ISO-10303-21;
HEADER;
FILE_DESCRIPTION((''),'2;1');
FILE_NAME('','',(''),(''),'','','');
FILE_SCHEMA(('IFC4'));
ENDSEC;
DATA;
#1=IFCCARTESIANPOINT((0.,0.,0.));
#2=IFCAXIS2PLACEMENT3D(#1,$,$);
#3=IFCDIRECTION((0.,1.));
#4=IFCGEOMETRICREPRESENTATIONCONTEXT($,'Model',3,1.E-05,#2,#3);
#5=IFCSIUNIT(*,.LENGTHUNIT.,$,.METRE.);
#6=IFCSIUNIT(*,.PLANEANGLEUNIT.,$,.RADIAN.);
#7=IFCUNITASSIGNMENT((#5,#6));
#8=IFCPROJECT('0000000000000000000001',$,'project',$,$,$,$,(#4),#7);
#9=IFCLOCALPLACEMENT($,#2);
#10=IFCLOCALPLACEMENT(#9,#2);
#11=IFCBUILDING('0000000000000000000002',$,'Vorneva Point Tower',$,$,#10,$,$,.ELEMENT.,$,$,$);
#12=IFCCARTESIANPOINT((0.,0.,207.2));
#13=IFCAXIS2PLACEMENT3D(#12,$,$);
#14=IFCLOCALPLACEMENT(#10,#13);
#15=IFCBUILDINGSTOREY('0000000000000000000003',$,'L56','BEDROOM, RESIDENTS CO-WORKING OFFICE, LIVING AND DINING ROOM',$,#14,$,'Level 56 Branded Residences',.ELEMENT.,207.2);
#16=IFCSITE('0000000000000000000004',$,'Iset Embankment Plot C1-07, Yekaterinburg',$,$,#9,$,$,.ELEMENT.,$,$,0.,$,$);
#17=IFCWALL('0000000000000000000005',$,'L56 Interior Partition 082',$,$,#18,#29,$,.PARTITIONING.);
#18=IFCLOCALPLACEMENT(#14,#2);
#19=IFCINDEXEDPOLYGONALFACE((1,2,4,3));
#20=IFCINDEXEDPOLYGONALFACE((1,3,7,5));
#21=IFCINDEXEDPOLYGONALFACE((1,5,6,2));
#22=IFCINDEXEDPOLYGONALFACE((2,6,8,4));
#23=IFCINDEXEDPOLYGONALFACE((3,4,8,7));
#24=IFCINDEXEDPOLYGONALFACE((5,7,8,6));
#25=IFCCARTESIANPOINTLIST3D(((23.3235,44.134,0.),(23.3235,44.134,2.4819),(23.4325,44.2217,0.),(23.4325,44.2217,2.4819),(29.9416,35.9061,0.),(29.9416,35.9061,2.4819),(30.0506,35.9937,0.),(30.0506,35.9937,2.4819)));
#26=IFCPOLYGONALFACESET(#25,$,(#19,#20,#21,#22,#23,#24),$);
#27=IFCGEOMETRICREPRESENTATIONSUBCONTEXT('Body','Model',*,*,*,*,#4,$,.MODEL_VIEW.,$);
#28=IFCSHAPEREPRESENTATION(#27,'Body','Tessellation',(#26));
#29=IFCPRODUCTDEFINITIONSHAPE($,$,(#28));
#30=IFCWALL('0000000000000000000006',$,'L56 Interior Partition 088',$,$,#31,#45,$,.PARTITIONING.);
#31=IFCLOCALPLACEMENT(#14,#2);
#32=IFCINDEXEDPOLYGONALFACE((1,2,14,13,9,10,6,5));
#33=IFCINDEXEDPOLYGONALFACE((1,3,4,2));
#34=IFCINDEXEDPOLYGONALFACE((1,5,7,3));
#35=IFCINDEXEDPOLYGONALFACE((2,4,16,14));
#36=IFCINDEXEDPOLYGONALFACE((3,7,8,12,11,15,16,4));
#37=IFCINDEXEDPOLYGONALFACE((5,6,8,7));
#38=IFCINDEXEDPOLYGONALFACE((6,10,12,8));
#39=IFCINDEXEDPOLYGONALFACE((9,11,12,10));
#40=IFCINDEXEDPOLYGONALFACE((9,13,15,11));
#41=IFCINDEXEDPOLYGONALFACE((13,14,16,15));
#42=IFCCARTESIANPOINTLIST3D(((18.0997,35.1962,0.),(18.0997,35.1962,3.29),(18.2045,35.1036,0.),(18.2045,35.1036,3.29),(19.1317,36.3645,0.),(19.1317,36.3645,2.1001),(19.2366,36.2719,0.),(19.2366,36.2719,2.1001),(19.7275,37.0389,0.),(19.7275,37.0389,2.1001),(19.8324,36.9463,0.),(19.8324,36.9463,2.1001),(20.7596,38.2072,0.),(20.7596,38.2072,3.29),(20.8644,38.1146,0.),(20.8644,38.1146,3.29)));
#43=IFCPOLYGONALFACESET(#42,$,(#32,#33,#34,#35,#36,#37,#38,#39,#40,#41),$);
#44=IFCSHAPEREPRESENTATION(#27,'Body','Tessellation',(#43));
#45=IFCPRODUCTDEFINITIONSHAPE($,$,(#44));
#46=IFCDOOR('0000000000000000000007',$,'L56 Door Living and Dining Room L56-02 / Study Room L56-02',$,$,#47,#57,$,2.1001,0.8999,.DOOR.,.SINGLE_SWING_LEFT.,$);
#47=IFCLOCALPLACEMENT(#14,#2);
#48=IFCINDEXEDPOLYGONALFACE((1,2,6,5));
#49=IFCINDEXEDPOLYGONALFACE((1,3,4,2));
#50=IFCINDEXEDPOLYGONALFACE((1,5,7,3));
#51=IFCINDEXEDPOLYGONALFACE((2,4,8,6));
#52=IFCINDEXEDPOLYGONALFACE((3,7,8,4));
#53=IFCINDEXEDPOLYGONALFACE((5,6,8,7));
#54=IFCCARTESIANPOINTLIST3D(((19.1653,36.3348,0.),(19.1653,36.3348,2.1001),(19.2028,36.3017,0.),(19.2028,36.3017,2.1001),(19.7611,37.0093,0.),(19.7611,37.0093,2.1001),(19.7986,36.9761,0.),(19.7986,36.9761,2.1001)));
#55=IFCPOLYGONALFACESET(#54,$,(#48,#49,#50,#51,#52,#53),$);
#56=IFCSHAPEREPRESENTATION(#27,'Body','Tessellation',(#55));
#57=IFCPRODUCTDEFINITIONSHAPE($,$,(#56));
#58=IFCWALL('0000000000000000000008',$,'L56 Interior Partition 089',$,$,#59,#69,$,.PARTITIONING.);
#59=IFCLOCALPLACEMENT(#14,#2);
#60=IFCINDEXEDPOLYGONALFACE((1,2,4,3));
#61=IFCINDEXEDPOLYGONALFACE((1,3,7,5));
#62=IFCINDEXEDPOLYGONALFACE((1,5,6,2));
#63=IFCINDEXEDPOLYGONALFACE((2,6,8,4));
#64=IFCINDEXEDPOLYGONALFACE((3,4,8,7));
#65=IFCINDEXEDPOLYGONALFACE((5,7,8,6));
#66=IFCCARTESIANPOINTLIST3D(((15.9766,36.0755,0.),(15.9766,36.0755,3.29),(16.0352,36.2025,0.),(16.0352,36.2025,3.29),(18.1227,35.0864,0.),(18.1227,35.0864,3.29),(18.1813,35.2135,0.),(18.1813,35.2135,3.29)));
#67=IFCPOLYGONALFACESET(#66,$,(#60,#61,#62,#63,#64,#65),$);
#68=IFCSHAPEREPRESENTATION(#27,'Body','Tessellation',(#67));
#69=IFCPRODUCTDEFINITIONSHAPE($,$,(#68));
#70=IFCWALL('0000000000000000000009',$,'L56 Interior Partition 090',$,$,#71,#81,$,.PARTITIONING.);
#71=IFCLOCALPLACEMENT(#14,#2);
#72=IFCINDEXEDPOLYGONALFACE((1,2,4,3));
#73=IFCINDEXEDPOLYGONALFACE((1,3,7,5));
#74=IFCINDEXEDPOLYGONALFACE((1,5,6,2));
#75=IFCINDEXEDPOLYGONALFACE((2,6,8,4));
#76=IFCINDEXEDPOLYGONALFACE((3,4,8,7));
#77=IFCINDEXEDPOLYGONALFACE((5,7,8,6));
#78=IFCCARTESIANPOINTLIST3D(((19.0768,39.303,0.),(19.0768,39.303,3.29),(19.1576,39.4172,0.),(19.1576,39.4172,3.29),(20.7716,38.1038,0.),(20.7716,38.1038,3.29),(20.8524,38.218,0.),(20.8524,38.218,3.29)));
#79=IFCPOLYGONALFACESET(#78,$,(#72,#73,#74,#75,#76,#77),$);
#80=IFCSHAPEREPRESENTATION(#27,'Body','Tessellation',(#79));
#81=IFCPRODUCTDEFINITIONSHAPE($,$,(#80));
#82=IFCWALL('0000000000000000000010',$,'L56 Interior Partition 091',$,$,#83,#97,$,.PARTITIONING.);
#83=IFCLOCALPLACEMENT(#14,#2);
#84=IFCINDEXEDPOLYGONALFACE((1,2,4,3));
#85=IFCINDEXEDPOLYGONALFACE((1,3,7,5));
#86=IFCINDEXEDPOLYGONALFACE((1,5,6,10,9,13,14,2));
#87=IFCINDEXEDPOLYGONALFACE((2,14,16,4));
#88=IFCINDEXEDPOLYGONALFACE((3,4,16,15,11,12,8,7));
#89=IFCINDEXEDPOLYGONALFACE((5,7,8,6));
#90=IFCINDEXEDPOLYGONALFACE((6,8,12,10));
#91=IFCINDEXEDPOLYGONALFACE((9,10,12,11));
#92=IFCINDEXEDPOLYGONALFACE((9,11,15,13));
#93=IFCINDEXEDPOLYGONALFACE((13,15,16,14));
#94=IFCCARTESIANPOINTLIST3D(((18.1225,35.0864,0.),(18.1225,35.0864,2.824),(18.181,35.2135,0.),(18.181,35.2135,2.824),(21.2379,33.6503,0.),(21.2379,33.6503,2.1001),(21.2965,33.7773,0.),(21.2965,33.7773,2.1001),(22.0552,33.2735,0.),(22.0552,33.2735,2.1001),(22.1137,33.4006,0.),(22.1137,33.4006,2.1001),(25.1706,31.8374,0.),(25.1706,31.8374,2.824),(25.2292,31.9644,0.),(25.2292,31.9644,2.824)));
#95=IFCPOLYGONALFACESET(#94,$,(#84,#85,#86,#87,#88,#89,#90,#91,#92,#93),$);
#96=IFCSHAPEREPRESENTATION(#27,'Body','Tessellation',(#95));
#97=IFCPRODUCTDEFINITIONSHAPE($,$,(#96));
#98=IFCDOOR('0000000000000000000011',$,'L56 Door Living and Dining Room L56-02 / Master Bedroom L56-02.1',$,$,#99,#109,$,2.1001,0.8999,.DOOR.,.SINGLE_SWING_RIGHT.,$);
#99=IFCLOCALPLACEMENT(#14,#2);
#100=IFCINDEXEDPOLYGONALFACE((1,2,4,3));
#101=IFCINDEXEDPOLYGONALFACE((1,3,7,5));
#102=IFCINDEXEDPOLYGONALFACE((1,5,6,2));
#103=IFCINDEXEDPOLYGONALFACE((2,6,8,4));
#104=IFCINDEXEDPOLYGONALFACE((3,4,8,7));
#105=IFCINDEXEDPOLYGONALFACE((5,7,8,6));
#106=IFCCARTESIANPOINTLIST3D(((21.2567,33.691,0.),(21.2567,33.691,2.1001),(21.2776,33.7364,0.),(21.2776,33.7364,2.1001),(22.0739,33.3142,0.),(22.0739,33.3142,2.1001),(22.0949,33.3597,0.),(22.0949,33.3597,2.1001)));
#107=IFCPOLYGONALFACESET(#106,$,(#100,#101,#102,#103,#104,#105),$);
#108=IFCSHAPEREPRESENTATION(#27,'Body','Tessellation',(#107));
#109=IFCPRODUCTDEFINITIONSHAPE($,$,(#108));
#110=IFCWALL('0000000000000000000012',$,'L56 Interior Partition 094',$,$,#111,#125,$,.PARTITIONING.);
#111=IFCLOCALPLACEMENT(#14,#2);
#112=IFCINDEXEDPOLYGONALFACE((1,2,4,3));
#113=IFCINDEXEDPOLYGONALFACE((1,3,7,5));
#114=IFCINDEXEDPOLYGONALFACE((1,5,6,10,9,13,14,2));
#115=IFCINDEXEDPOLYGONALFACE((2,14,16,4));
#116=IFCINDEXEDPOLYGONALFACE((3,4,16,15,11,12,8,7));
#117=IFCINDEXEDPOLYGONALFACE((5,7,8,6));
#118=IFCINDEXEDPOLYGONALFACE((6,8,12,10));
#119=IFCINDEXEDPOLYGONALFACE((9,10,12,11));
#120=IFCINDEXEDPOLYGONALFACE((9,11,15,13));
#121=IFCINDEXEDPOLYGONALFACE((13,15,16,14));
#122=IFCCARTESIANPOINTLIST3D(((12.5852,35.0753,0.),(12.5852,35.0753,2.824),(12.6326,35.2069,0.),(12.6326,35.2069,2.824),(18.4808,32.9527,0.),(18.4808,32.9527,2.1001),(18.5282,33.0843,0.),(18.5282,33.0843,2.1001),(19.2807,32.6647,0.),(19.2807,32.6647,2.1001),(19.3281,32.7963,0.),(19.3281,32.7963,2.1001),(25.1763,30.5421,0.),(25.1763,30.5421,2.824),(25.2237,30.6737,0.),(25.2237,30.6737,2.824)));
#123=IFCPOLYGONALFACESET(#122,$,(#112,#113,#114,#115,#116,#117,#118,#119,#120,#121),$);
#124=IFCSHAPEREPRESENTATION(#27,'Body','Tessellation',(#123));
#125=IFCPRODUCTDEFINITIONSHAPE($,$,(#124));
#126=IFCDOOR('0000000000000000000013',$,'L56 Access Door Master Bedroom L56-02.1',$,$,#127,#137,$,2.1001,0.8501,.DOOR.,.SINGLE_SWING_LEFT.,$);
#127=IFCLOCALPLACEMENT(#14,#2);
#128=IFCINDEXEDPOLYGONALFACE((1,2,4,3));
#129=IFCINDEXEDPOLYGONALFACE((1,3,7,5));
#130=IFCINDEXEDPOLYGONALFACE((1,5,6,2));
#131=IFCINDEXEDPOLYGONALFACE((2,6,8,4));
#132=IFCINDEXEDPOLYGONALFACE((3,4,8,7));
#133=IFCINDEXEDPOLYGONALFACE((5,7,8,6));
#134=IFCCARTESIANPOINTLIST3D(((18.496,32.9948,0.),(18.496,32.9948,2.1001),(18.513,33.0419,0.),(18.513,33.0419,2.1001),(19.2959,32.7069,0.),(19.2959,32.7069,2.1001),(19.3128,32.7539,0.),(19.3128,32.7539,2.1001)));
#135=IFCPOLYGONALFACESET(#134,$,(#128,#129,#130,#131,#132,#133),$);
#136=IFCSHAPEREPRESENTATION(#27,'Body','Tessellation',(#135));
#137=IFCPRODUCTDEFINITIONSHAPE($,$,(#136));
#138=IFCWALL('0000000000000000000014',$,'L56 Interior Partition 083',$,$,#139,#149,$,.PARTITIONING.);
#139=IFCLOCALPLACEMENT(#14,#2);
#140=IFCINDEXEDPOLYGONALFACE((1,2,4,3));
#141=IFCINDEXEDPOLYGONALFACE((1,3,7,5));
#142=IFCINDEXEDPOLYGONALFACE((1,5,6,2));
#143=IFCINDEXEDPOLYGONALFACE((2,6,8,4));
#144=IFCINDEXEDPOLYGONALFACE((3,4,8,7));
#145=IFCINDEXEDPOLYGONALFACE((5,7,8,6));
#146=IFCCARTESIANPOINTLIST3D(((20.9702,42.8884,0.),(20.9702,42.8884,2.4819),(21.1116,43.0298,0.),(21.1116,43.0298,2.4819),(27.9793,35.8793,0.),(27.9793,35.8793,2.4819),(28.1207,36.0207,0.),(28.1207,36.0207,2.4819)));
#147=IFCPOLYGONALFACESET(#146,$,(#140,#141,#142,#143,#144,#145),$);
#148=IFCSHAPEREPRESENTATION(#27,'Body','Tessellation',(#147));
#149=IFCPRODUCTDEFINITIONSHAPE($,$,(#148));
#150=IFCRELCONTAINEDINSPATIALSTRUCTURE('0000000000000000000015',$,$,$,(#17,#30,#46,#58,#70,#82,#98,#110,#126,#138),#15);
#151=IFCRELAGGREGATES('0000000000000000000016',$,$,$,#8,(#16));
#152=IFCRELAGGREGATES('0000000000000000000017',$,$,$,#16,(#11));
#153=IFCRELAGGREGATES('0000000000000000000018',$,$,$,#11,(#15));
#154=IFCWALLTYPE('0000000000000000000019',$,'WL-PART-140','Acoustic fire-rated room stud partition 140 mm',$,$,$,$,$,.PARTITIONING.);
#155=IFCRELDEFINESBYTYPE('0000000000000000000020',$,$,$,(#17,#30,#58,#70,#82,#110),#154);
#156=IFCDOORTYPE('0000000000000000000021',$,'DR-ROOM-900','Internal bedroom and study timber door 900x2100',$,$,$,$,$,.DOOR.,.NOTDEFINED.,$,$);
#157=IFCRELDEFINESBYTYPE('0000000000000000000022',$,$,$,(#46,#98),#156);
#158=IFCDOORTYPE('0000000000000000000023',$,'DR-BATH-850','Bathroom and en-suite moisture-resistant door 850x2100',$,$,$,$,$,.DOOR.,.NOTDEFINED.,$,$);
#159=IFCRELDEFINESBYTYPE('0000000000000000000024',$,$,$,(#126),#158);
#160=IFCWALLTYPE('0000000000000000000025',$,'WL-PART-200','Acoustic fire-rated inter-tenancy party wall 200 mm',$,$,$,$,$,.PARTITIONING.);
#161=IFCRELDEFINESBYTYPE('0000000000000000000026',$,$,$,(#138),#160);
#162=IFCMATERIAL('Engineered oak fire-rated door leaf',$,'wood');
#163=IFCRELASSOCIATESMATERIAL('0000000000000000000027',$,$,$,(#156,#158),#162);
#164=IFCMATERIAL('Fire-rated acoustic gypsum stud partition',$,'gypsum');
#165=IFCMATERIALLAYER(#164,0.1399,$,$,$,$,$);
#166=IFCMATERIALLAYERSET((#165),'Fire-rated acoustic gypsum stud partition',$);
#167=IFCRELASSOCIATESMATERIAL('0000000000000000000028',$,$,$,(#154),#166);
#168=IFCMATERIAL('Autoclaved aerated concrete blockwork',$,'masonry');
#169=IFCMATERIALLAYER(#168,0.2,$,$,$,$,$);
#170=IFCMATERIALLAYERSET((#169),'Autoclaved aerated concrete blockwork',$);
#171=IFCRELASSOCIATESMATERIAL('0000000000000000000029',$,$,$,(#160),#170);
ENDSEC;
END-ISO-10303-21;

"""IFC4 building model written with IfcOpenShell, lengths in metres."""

from ifc_helpers import new_model, si_unit, direction, frame, frame_2d, origin, place, context, subcontext, project, spatial, rectangle, extrude, material, layer, layer_set, type_object, element, fill, save


model = new_model("IFC4")

# Units and contexts
model_context = context("Model", 3, precision=1e-05, world=origin(), true_north=direction((0.0, 1.0)))
body_context = subcontext(model_context, "Body", "Model", "MODEL_VIEW")
ifc_project = project(units=[si_unit("LENGTHUNIT", "METRE"), si_unit("PLANEANGLEUNIT", "RADIAN")], contexts=[model_context])

# Site, building, storey
site_placement = place(None, origin())
site = spatial("IfcSite", under=ifc_project, at=site_placement, Name="Iset Embankment Plot C1-07, Yekaterinburg", CompositionType="ELEMENT", RefElevation=0.0)
building_placement = place(site_placement, origin())
building = spatial("IfcBuilding", under=site, at=building_placement, Name="Vorneva Point Tower", CompositionType="ELEMENT")
storey_placement = place(building_placement, frame((0.0, 0.0, 207.2)))
storey = spatial("IfcBuildingStorey", under=building, at=storey_placement, Name="L56", Description="BEDROOM, RESIDENTS CO-WORKING OFFICE, LIVING AND DINING ROOM", LongName="Level 56 Branded Residences", CompositionType="ELEMENT", Elevation=207.2)

# Shared definitions
ifc_material_1 = material(Name="Fire-rated acoustic gypsum stud partition", Category="gypsum")

# Shared definitions
ifc_material_2 = material(Name="Engineered oak fire-rated door leaf", Category="wood")
door_type_1 = type_object("IfcDoorType", Name="DR-ROOM-900", Description="Internal bedroom and study timber door 900x2100", OperationType="NOTDEFINED", PredefinedType="DOOR", material=ifc_material_2)

# Wall
ifc_layer_1 = layer(ifc_material_1, 0.1399)
ifc_layer_set_1 = layer_set([ifc_layer_1], Name="Fire-rated acoustic gypsum stud partition")
wall_type_1 = type_object("IfcWallType", Name="WL-PART-140", Description="Acoustic fire-rated room stud partition 140 mm", PredefinedType="PARTITIONING", material=ifc_layer_set_1)
wall_1_placement = place(storey_placement, frame((23.3779, 44.178, 0.0), z_axis=(0.0, 0.0, 1.0), x_axis=(0.626757, -0.779215, 0.0)))
element("IfcWall", 1, at=wall_1_placement, inside=storey, type_object=wall_type_1, Name="L56 Interior Partition 082", PredefinedType="PARTITIONING", context=body_context, shape_type="SweptSolid", body=[
    extrude(rectangle(XDim=10.5593, YDim=0.1399, at=frame_2d((5.2798, 0.0))), origin(), (0.0, 0.0, 1.0), 2.4819),
])

# Wall, opening, door
wall_2_placement = place(storey_placement, frame((20.812, 38.1609, 0.0), z_axis=(0.0, 0.0, 1.0), x_axis=(-0.662064, -0.749448, 0.0)))
wall_2 = element("IfcWall", 2, at=wall_2_placement, inside=storey, type_object=wall_type_1, Name="L56 Interior Partition 088", PredefinedType="PARTITIONING", context=body_context, shape_type="SweptSolid", body=[
    extrude(rectangle(XDim=4.0176, YDim=0.1399, at=frame_2d((2.0088, 0.0))), origin(), (0.0, 0.0, 1.0), 3.29),
])
opening_1_placement = place(wall_2_placement, frame((1.5588, 0.0, 0.0)))
opening_1 = element("IfcOpeningElement", 3, at=opening_1_placement, cuts=wall_2, PredefinedType="OPENING", context=body_context, shape_type="SweptSolid", body=[
    extrude(rectangle(XDim=0.8999, YDim=2.1001, at=frame_2d((0.45, 1.05))), frame((0.0, 0.085, 0.0), z_axis=(0.0, -1.0, 0.0), x_axis=(1.0, 0.0, 0.0)), (0.0, 0.0, 1.0), 0.1697),
])
door_1_placement = place(opening_1_placement, origin())
door_1 = element("IfcDoor", 4, at=door_1_placement, inside=storey, type_object=door_type_1, Name="L56 Door Living and Dining Room L56-02 / Study Room L56-02", OperationType="SINGLE_SWING_LEFT", OverallHeight=2.1001, OverallWidth=0.8999, PredefinedType="DOOR", context=body_context, shape_type="SweptSolid", body=[
    extrude(rectangle(XDim=0.8999, YDim=2.1001, at=frame_2d((0.45, 1.05))), frame((0.0, 0.0249, 0.0), z_axis=(0.0, -1.0, 0.0), x_axis=(1.0, 0.0, 0.0)), (0.0, 0.0, 1.0), 0.05),
])
fill(opening_1, door_1)

# Walls
wall_3_placement = place(storey_placement, frame((18.1521, 35.1499, 0.0), z_axis=(0.0, 0.0, 1.0), x_axis=(-0.908192, 0.418554, 0.0)))
element("IfcWall", 5, at=wall_3_placement, inside=storey, type_object=wall_type_1, Name="L56 Interior Partition 089", PredefinedType="PARTITIONING", context=body_context, shape_type="SweptSolid", body=[
    extrude(rectangle(XDim=2.363, YDim=0.1399, at=frame_2d((1.1816, 0.0))), origin(), (0.0, 0.0, 1.0), 3.29),
])
wall_4_placement = place(storey_placement, frame((19.1172, 39.3601, 0.0), z_axis=(0.0, 0.0, 1.0), x_axis=(0.816316, -0.577606, 0.0)))
element("IfcWall", 6, at=wall_4_placement, inside=storey, type_object=wall_type_1, Name="L56 Interior Partition 090", PredefinedType="PARTITIONING", context=body_context, shape_type="SweptSolid", body=[
    extrude(rectangle(XDim=2.0762, YDim=0.1399, at=frame_2d((1.0381, 0.0))), origin(), (0.0, 0.0, 1.0), 3.29),
])

# Walls, openings, doors
wall_5_placement = place(storey_placement, frame((18.1519, 35.1499, 0.0), z_axis=(0.0, 0.0, 1.0), x_axis=(0.908153, -0.418639, 0.0)))
wall_5 = element("IfcWall", 7, at=wall_5_placement, inside=storey, type_object=wall_type_1, Name="L56 Interior Partition 091", PredefinedType="PARTITIONING", context=body_context, shape_type="SweptSolid", body=[
    extrude(rectangle(XDim=7.761, YDim=0.1399, at=frame_2d((3.8804, 0.0))), origin(), (0.0, 0.0, 1.0), 2.824),
])
opening_2_placement = place(wall_5_placement, frame((3.4304, 0.0, 0.0)))
opening_2 = element("IfcOpeningElement", 8, at=opening_2_placement, cuts=wall_5, PredefinedType="OPENING", context=body_context, shape_type="SweptSolid", body=[
    extrude(rectangle(XDim=0.8999, YDim=2.1001, at=frame_2d((0.45, 1.05))), frame((0.0, 0.085, 0.0), z_axis=(0.0, -1.0, 0.0), x_axis=(1.0, 0.0, 0.0)), (0.0, 0.0, 1.0), 0.1697),
])
door_2_placement = place(opening_2_placement, origin())
door_2 = element("IfcDoor", 9, at=door_2_placement, inside=storey, type_object=door_type_1, Name="L56 Door Living and Dining Room L56-02 / Master Bedroom L56-02.1", OperationType="SINGLE_SWING_RIGHT", OverallHeight=2.1001, OverallWidth=0.8999, PredefinedType="DOOR", context=body_context, shape_type="SweptSolid", body=[
    extrude(rectangle(XDim=0.8999, YDim=2.1001, at=frame_2d((0.45, 1.05))), frame((0.0, 0.0249, 0.0), z_axis=(0.0, -1.0, 0.0), x_axis=(1.0, 0.0, 0.0)), (0.0, 0.0, 1.0), 0.05),
])
fill(opening_2, door_2)
wall_6_placement = place(storey_placement, frame((12.6089, 35.1411, 0.0), z_axis=(0.0, 0.0, 1.0), x_axis=(0.940877, -0.338747, 0.0)))
wall_6 = element("IfcWall", 10, at=wall_6_placement, inside=storey, type_object=wall_type_1, Name="L56 Interior Partition 094", PredefinedType="PARTITIONING", context=body_context, shape_type="SweptSolid", body=[
    extrude(rectangle(XDim=13.3823, YDim=0.1399, at=frame_2d((6.6912, 0.0))), origin(), (0.0, 0.0, 1.0), 2.824),
])
opening_3_placement = place(wall_6_placement, frame((6.2661, 0.0, 0.0)))
opening_3 = element("IfcOpeningElement", 11, at=opening_3_placement, cuts=wall_6, PredefinedType="OPENING", context=body_context, shape_type="SweptSolid", body=[
    extrude(rectangle(XDim=0.8501, YDim=2.1001, at=frame_2d((0.425, 1.05))), frame((0.0, 0.085, 0.0), z_axis=(0.0, -1.0, 0.0), x_axis=(1.0, 0.0, 0.0)), (0.0, 0.0, 1.0), 0.1697),
])
door_type_2 = type_object("IfcDoorType", Name="DR-BATH-850", Description="Bathroom and en-suite moisture-resistant door 850x2100", OperationType="NOTDEFINED", PredefinedType="DOOR", material=ifc_material_2)
door_3_placement = place(opening_3_placement, origin())
door_3 = element("IfcDoor", 12, at=door_3_placement, inside=storey, type_object=door_type_2, Name="L56 Access Door Master Bedroom L56-02.1", OperationType="SINGLE_SWING_LEFT", OverallHeight=2.1001, OverallWidth=0.8501, PredefinedType="DOOR", context=body_context, shape_type="SweptSolid", body=[
    extrude(rectangle(XDim=0.8501, YDim=2.1001, at=frame_2d((0.425, 1.05))), frame((0.0, 0.0249, 0.0), z_axis=(0.0, -1.0, 0.0), x_axis=(1.0, 0.0, 0.0)), (0.0, 0.0, 1.0), 0.05),
])
fill(opening_3, door_3)

# Wall
ifc_material_3 = material(Name="Autoclaved aerated concrete blockwork", Category="masonry")
ifc_layer_2 = layer(ifc_material_3, 0.2)
ifc_layer_set_2 = layer_set([ifc_layer_2], Name="Autoclaved aerated concrete blockwork")
wall_type_2 = type_object("IfcWallType", Name="WL-PART-200", Description="Acoustic fire-rated inter-tenancy party wall 200 mm", PredefinedType="PARTITIONING", material=ifc_layer_set_2)
wall_7_placement = place(storey_placement, frame((21.041, 42.959, 0.0), z_axis=(0.0, 0.0, 1.0), x_axis=(0.707107, -0.707107, 0.0)))
element("IfcWall", 13, at=wall_7_placement, inside=storey, type_object=wall_type_2, Name="L56 Interior Partition 083", PredefinedType="PARTITIONING", context=body_context, shape_type="SweptSolid", body=[
    extrude(rectangle(XDim=9.9124, YDim=0.2, at=frame_2d((4.9561, 0.0))), origin(), (0.0, 0.0, 1.0), 2.4819),
])

save(model, "model.ifc")
